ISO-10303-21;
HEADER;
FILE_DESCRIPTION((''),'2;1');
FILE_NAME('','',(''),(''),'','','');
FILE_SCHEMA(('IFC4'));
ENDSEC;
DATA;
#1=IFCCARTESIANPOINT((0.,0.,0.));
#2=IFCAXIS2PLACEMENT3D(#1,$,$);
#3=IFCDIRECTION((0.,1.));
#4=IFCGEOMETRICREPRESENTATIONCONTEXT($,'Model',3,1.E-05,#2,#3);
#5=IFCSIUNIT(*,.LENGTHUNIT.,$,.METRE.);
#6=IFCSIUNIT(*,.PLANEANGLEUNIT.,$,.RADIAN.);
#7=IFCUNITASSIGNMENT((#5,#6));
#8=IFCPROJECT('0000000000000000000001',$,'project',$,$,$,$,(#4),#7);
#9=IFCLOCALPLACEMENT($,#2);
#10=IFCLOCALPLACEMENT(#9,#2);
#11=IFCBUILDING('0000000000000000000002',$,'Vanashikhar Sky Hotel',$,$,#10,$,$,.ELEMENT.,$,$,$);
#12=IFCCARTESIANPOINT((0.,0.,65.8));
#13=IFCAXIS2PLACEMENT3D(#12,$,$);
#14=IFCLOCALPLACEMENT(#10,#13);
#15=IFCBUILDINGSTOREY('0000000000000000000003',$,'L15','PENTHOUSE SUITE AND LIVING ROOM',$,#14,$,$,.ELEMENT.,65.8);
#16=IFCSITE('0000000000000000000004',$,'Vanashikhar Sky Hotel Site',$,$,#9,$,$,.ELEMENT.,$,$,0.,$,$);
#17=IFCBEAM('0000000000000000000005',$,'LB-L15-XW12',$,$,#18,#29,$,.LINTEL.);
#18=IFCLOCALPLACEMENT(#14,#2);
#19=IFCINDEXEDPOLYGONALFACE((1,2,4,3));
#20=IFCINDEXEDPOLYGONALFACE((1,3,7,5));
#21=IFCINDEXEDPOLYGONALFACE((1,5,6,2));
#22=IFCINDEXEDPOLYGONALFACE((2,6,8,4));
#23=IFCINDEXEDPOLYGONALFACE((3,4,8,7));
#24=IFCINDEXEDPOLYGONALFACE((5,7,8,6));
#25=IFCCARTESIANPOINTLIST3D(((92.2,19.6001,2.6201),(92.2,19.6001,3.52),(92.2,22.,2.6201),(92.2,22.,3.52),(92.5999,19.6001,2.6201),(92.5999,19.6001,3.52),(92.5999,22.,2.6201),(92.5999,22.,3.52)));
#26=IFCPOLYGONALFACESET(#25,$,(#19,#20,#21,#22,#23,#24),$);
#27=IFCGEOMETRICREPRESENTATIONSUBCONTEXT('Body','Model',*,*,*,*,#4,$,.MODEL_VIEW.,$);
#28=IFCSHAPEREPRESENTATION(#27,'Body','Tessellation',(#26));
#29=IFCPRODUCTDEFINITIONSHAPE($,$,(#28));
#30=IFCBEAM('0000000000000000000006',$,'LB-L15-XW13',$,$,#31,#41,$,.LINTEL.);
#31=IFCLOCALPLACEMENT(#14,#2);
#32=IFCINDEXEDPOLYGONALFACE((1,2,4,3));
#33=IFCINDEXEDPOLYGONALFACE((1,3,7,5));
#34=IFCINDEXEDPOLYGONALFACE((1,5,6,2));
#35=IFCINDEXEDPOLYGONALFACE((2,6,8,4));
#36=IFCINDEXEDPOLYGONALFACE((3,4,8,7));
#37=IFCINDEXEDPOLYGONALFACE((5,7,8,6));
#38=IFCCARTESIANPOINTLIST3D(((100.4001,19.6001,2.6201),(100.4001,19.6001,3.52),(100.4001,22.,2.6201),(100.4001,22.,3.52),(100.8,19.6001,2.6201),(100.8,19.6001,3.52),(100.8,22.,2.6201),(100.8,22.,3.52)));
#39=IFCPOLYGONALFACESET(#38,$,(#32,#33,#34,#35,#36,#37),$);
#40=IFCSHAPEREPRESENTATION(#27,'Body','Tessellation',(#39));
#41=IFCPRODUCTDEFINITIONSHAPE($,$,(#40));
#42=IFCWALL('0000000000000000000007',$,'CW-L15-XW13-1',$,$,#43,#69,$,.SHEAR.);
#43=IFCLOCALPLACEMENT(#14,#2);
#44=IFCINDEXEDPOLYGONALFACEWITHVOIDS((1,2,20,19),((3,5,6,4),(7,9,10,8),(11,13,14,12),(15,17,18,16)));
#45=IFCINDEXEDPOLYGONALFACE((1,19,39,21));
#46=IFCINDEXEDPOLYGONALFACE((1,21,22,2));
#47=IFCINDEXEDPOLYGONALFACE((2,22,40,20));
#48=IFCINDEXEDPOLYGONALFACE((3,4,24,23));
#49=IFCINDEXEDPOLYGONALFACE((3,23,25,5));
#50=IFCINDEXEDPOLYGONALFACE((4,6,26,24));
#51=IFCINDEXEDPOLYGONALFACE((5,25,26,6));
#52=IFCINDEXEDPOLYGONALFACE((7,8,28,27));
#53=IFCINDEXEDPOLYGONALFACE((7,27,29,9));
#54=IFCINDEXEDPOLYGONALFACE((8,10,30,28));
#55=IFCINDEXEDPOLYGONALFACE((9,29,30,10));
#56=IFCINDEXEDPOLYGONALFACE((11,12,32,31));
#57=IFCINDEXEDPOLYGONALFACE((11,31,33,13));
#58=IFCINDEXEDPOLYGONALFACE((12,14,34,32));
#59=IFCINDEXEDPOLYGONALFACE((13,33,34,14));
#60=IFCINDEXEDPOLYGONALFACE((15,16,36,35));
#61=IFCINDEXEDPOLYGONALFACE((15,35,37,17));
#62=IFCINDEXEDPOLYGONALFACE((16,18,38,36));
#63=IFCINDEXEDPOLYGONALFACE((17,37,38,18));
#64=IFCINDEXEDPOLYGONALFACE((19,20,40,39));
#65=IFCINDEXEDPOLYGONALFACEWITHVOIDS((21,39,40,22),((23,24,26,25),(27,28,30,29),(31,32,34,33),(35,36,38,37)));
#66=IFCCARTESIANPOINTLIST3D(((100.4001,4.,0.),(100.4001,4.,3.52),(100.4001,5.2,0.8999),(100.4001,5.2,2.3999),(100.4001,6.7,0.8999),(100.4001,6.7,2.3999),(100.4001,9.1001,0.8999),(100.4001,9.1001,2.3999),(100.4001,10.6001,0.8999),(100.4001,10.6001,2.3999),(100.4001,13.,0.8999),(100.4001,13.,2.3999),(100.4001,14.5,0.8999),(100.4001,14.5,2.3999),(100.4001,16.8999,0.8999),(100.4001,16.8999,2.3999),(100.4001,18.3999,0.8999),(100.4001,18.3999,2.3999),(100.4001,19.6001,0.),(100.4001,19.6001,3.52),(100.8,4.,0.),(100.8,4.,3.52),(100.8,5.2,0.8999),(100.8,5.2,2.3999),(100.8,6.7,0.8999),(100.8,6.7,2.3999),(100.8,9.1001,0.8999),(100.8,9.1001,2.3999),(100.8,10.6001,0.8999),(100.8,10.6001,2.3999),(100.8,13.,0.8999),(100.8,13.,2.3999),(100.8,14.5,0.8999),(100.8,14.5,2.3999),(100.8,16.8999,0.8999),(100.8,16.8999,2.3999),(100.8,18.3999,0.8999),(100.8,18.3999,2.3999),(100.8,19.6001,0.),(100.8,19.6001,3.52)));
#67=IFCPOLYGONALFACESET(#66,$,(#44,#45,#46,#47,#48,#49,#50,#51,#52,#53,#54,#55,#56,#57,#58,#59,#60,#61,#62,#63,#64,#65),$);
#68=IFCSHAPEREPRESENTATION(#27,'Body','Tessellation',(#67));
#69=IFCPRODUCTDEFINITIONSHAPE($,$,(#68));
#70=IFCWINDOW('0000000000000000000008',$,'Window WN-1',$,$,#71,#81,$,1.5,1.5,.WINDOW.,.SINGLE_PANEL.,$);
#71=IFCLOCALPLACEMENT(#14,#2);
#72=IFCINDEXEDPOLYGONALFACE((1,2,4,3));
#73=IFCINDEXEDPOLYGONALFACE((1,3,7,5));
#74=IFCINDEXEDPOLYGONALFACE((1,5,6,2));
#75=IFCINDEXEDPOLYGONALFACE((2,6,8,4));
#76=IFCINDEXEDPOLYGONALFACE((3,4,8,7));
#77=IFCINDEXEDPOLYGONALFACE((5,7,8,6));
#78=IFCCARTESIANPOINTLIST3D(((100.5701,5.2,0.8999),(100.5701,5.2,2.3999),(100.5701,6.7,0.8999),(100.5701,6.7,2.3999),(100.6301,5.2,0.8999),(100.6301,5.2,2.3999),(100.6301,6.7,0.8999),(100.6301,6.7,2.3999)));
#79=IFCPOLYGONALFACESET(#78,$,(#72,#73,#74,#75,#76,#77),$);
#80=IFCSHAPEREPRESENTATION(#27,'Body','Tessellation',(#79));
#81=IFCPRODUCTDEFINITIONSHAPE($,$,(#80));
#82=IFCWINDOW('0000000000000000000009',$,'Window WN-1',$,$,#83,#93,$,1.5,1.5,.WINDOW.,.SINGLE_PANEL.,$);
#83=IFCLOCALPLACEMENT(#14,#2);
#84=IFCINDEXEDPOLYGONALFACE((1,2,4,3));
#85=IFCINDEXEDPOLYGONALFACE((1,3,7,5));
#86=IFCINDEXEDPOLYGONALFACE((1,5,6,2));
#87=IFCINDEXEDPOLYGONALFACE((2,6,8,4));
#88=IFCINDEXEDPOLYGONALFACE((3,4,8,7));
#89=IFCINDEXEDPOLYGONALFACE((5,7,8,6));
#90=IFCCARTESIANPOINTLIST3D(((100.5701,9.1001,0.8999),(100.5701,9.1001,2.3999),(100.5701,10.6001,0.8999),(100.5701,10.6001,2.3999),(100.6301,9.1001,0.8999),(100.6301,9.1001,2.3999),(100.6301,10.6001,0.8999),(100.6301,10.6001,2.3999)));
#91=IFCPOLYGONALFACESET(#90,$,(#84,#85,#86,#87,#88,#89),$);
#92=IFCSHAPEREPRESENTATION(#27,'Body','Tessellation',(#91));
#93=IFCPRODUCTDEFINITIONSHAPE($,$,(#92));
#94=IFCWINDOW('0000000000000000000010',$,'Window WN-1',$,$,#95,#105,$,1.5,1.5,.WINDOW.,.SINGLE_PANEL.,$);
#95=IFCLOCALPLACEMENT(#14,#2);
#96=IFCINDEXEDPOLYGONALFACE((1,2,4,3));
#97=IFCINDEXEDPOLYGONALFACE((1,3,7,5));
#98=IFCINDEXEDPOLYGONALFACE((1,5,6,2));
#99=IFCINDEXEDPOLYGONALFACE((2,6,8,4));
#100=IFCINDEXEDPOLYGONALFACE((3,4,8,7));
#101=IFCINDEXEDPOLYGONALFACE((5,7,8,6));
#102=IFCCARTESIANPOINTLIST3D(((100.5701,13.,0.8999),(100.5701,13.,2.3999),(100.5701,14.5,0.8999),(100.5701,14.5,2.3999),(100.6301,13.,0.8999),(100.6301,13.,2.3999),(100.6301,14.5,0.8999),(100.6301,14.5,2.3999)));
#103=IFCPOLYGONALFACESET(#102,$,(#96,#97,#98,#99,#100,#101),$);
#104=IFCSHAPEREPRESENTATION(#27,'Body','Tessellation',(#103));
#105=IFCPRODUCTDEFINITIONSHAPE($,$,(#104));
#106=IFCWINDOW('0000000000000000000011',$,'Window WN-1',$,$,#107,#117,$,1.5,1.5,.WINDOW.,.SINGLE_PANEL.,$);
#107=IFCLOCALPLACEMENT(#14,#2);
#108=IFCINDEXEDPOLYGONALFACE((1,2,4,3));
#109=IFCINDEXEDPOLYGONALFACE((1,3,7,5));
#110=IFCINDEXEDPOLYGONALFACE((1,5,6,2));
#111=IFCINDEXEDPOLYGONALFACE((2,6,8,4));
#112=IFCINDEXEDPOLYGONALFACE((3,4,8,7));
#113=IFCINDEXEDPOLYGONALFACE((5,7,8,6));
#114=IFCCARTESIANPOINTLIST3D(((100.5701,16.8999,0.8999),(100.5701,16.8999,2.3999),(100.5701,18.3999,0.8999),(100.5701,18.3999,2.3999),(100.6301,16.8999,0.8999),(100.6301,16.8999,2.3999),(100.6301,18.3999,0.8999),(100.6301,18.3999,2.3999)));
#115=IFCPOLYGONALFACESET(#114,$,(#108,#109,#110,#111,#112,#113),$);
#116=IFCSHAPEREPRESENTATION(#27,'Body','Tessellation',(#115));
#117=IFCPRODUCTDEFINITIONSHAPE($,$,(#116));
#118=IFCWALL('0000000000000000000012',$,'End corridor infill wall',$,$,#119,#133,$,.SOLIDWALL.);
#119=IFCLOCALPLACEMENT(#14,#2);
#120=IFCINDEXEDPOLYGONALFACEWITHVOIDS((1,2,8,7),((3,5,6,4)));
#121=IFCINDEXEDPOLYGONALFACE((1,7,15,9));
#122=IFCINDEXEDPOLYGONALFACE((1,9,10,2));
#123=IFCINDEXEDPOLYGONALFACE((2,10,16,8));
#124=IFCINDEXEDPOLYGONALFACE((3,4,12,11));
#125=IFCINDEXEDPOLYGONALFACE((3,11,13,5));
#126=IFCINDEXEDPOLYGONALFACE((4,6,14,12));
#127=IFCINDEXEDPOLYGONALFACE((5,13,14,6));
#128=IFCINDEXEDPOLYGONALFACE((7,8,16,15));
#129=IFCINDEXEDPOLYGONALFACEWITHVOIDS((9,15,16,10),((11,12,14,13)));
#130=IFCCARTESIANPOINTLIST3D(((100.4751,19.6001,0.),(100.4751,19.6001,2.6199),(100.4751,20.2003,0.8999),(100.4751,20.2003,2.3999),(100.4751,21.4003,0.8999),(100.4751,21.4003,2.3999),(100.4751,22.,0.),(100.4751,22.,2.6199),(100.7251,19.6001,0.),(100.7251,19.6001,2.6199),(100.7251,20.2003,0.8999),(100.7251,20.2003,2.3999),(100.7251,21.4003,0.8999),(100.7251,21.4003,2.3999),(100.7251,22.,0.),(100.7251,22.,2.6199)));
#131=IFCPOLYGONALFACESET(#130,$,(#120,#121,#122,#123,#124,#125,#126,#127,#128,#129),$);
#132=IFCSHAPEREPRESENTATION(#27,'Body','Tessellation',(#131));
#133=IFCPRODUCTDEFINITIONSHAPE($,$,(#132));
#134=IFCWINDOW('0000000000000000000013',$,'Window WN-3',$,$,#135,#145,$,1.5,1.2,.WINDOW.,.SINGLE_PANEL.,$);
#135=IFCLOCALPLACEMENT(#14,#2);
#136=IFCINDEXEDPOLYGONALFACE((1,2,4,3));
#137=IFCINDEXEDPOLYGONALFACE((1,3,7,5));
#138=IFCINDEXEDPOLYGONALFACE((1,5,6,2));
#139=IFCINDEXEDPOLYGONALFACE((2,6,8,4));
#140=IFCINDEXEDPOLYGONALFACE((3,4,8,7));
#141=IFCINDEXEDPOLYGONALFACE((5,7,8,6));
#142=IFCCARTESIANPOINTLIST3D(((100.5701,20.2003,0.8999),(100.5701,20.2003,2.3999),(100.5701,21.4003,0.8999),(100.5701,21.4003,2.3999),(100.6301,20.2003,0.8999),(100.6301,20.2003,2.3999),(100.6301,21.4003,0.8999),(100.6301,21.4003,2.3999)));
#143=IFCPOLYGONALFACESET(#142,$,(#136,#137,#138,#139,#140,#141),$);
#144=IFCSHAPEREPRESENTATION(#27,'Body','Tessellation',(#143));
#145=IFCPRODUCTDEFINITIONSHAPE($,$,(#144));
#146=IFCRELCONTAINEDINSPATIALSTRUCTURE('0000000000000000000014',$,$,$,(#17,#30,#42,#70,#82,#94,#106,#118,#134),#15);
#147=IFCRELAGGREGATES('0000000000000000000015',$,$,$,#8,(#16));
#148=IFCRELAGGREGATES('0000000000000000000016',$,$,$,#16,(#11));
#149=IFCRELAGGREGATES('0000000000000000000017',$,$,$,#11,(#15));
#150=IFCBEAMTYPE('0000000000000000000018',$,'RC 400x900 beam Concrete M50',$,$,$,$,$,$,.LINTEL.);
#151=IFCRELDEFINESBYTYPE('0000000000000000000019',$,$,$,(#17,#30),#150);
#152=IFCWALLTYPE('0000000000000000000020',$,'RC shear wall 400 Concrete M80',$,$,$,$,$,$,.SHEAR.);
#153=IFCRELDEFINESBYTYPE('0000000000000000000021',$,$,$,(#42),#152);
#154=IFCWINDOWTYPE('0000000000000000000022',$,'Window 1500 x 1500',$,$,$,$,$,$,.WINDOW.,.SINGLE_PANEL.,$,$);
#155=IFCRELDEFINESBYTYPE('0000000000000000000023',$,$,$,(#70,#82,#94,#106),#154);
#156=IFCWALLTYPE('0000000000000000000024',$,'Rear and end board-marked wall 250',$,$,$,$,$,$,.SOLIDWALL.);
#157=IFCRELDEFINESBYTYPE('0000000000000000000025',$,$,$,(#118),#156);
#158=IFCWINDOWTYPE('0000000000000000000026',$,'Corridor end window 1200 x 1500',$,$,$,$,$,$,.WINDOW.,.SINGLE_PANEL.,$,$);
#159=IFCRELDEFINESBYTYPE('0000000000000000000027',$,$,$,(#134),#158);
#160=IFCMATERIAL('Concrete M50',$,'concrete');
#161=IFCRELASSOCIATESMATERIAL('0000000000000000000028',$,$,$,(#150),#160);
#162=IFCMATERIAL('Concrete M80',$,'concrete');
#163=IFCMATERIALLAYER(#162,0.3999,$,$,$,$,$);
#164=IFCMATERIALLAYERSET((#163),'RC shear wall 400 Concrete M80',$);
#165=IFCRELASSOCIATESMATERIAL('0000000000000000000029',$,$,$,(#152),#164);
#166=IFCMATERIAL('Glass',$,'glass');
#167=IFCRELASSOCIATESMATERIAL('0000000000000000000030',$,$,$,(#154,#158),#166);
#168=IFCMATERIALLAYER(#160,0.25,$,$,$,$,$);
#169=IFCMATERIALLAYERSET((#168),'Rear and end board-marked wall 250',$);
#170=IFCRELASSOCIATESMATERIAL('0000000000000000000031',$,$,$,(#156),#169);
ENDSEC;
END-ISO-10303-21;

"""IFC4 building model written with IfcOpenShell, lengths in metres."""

from ifc_helpers import new_model, si_unit, direction, frame, frame_2d, origin, origin_2d, place, context, subcontext, project, spatial, rectangle, extrude, source, transform, mapped, material, layer, layer_set, material_profile, profile_set, type_object, element, fill, save


model = new_model("IFC4")

# Units and contexts
model_context = context("Model", 3, precision=1e-05, world=origin(), true_north=direction((0.0, 1.0)))
body_context = subcontext(model_context, "Body", "Model", "MODEL_VIEW")
ifc_project = project(units=[si_unit("LENGTHUNIT", "METRE"), si_unit("PLANEANGLEUNIT", "RADIAN")], contexts=[model_context])

# Site, building, storey
site_placement = place(None, origin())
site = spatial("IfcSite", under=ifc_project, at=site_placement, Name="Vanashikhar Sky Hotel Site", CompositionType="ELEMENT", RefElevation=0.0)
building_placement = place(site_placement, origin())
building = spatial("IfcBuilding", under=site, at=building_placement, Name="Vanashikhar Sky Hotel", CompositionType="ELEMENT")
storey_placement = place(building_placement, frame((0.0, 0.0, 65.8)))
storey = spatial("IfcBuildingStorey", under=building, at=storey_placement, Name="L15", Description="PENTHOUSE SUITE AND LIVING ROOM", CompositionType="ELEMENT", Elevation=65.8)

# Beams
ifc_material_1 = material(Name="Concrete M50", Category="concrete")
ifc_material_profile = material_profile(ifc_material_1, rectangle(XDim=0.3999, YDim=0.8999, at=origin_2d()))
ifc_profile_set = profile_set([ifc_material_profile], Name="RC 400x900 beam Concrete M50")
beam_type = type_object("IfcBeamType", Name="RC 400x900 beam Concrete M50", PredefinedType="LINTEL", material=ifc_profile_set)
shared_shape_1 = source(origin(), body_context, "Body", "SweptSolid", [
    extrude(rectangle(XDim=0.3999, YDim=0.8999, at=origin_2d()), origin(), (0.0, 0.0, 1.0), 2.3999),
])
for number, where, z_axis, x_axis, name in (
    (1, (92.3999, 19.6001, 3.0701), (0.0, 1.0, 0.0), (-1.0, 0.0, 0.0), "LB-L15-XW12"),
    (2, (100.6001, 19.6001, 3.0701), (0.0, 1.0, 0.0), (-1.0, 0.0, 0.0), "LB-L15-XW13"),
):
    element("IfcBeam", number, at=place(storey_placement, frame(where, z_axis=z_axis, x_axis=x_axis)), inside=storey, type_object=beam_type, Name=name, PredefinedType="LINTEL", context=body_context, shape_type="MappedRepresentation", body=[
        mapped(shared_shape_1, transform((0.0, 0.0, 0.0), scale=1.0)),
    ])

# Wall, openings, windows
ifc_material_2 = material(Name="Concrete M80", Category="concrete")
ifc_layer_1 = layer(ifc_material_2, 0.3999)
ifc_layer_set_1 = layer_set([ifc_layer_1], Name="RC shear wall 400 Concrete M80")
wall_type_1 = type_object("IfcWallType", Name="RC shear wall 400 Concrete M80", PredefinedType="SHEAR", material=ifc_layer_set_1)
shared_shape_2 = source(origin(), body_context, "Body", "SweptSolid", [
    extrude(rectangle(XDim=15.6001, YDim=0.3999, at=frame_2d((7.8, 0.0))), origin(), (0.0, 0.0, 1.0), 3.52),
])
wall_1_placement = place(storey_placement, frame((100.6001, 4.0, 0.0), z_axis=(0.0, 0.0, 1.0), x_axis=(0.0, 1.0, 0.0)))
wall_1 = element("IfcWall", 3, at=wall_1_placement, inside=storey, type_object=wall_type_1, Name="CW-L15-XW13-1", PredefinedType="SHEAR", context=body_context, shape_type="MappedRepresentation", body=[
    mapped(shared_shape_2, transform((0.0, 0.0, 0.0), scale=1.0)),
])
shared_shape_3 = source(origin(), body_context, "Body", "SweptSolid", [
    extrude(rectangle(XDim=1.5, YDim=1.5, at=frame_2d((0.75, 0.75))), frame((0.0, 0.21, 0.0), z_axis=(0.0, -1.0, 0.0), x_axis=(1.0, 0.0, 0.0)), (0.0, 0.0, 1.0), 0.4199),
])
opening_1_placement = place(wall_1_placement, frame((1.2, 0.0, 0.8999)))
opening_1 = element("IfcOpeningElement", 4, at=opening_1_placement, cuts=wall_1, PredefinedType="OPENING", context=body_context, shape_type="MappedRepresentation", body=[
    mapped(shared_shape_3, transform((0.0, 0.0, 0.0), scale=1.0)),
])
opening_2_placement = place(wall_1_placement, frame((5.1001, 0.0, 0.8999)))
opening_2 = element("IfcOpeningElement", 5, at=opening_2_placement, cuts=wall_1, PredefinedType="OPENING", context=body_context, shape_type="MappedRepresentation", body=[
    mapped(shared_shape_3, transform((0.0, 0.0, 0.0), scale=1.0)),
])
opening_3_placement = place(wall_1_placement, frame((9.0, 0.0, 0.8999)))
opening_3 = element("IfcOpeningElement", 6, at=opening_3_placement, cuts=wall_1, PredefinedType="OPENING", context=body_context, shape_type="MappedRepresentation", body=[
    mapped(shared_shape_3, transform((0.0, 0.0, 0.0), scale=1.0)),
])
opening_4_placement = place(wall_1_placement, frame((12.8999, 0.0, 0.8999)))
opening_4 = element("IfcOpeningElement", 7, at=opening_4_placement, cuts=wall_1, PredefinedType="OPENING", context=body_context, shape_type="MappedRepresentation", body=[
    mapped(shared_shape_3, transform((0.0, 0.0, 0.0), scale=1.0)),
])
ifc_material_3 = material(Name="Glass", Category="glass")
window_type_1 = type_object("IfcWindowType", Name="Window 1500 x 1500", PartitioningType="SINGLE_PANEL", PredefinedType="WINDOW", material=ifc_material_3)
shared_shape_4 = source(origin(), body_context, "Body", "SweptSolid", [
    extrude(rectangle(XDim=1.5, YDim=1.5, at=frame_2d((0.75, 0.75))), frame((0.0, 0.03, 0.0), z_axis=(0.0, -1.0, 0.0), x_axis=(1.0, 0.0, 0.0)), (0.0, 0.0, 1.0), 0.0601),
])
window_1_placement = place(opening_1_placement, origin())
window_1 = element("IfcWindow", 8, at=window_1_placement, inside=storey, type_object=window_type_1, Name="Window WN-1", OverallHeight=1.5, OverallWidth=1.5, PartitioningType="SINGLE_PANEL", PredefinedType="WINDOW", context=body_context, shape_type="MappedRepresentation", body=[
    mapped(shared_shape_4, transform((0.0, 0.0, 0.0), scale=1.0)),
])
fill(opening_1, window_1)
window_2_placement = place(opening_2_placement, origin())
window_2 = element("IfcWindow", 9, at=window_2_placement, inside=storey, type_object=window_type_1, Name="Window WN-1", OverallHeight=1.5, OverallWidth=1.5, PartitioningType="SINGLE_PANEL", PredefinedType="WINDOW", context=body_context, shape_type="MappedRepresentation", body=[
    mapped(shared_shape_4, transform((0.0, 0.0, 0.0), scale=1.0)),
])
fill(opening_2, window_2)
window_3_placement = place(opening_3_placement, origin())
window_3 = element("IfcWindow", 10, at=window_3_placement, inside=storey, type_object=window_type_1, Name="Window WN-1", OverallHeight=1.5, OverallWidth=1.5, PartitioningType="SINGLE_PANEL", PredefinedType="WINDOW", context=body_context, shape_type="MappedRepresentation", body=[
    mapped(shared_shape_4, transform((0.0, 0.0, 0.0), scale=1.0)),
])
fill(opening_3, window_3)
window_4_placement = place(opening_4_placement, origin())
window_4 = element("IfcWindow", 11, at=window_4_placement, inside=storey, type_object=window_type_1, Name="Window WN-1", OverallHeight=1.5, OverallWidth=1.5, PartitioningType="SINGLE_PANEL", PredefinedType="WINDOW", context=body_context, shape_type="MappedRepresentation", body=[
    mapped(shared_shape_4, transform((0.0, 0.0, 0.0), scale=1.0)),
])
fill(opening_4, window_4)

# Wall, opening, window
ifc_layer_2 = layer(ifc_material_1, 0.25)
ifc_layer_set_2 = layer_set([ifc_layer_2], Name="Rear and end board-marked wall 250")
wall_type_2 = type_object("IfcWallType", Name="Rear and end board-marked wall 250", PredefinedType="SOLIDWALL", material=ifc_layer_set_2)
shared_shape_5 = source(origin(), body_context, "Body", "SweptSolid", [
    extrude(rectangle(XDim=2.3999, YDim=0.25, at=frame_2d((1.2, 0.0))), origin(), (0.0, 0.0, 1.0), 2.6199),
])
wall_2_placement = place(storey_placement, frame((100.6001, 19.6001, 0.0), z_axis=(0.0, 0.0, 1.0), x_axis=(0.0, 1.0, 0.0)))
wall_2 = element("IfcWall", 12, at=wall_2_placement, inside=storey, type_object=wall_type_2, Name="End corridor infill wall", PredefinedType="SOLIDWALL", context=body_context, shape_type="MappedRepresentation", body=[
    mapped(shared_shape_5, transform((0.0, 0.0, 0.0), scale=1.0)),
])
shared_shape_6 = source(origin(), body_context, "Body", "SweptSolid", [
    extrude(rectangle(XDim=1.2, YDim=1.5, at=frame_2d((0.6001, 0.75))), frame((0.0, 0.135, 0.0), z_axis=(0.0, -1.0, 0.0), x_axis=(1.0, 0.0, 0.0)), (0.0, 0.0, 1.0), 0.27),
])
opening_5_placement = place(wall_2_placement, frame((0.6001, 0.0, 0.8999)))
opening_5 = element("IfcOpeningElement", 13, at=opening_5_placement, cuts=wall_2, PredefinedType="OPENING", context=body_context, shape_type="MappedRepresentation", body=[
    mapped(shared_shape_6, transform((0.0, 0.0, 0.0), scale=1.0)),
])
window_type_2 = type_object("IfcWindowType", Name="Corridor end window 1200 x 1500", PartitioningType="SINGLE_PANEL", PredefinedType="WINDOW", material=ifc_material_3)
shared_shape_7 = source(origin(), body_context, "Body", "SweptSolid", [
    extrude(rectangle(XDim=1.2, YDim=1.5, at=frame_2d((0.6001, 0.75))), frame((0.0, 0.03, 0.0), z_axis=(0.0, -1.0, 0.0), x_axis=(1.0, 0.0, 0.0)), (0.0, 0.0, 1.0), 0.0601),
])
window_5_placement = place(opening_5_placement, origin())
window_5 = element("IfcWindow", 14, at=window_5_placement, inside=storey, type_object=window_type_2, Name="Window WN-3", OverallHeight=1.5, OverallWidth=1.2, PartitioningType="SINGLE_PANEL", PredefinedType="WINDOW", context=body_context, shape_type="MappedRepresentation", body=[
    mapped(shared_shape_7, transform((0.0, 0.0, 0.0), scale=1.0)),
])
fill(opening_5, window_5)

save(model, "model.ifc")
